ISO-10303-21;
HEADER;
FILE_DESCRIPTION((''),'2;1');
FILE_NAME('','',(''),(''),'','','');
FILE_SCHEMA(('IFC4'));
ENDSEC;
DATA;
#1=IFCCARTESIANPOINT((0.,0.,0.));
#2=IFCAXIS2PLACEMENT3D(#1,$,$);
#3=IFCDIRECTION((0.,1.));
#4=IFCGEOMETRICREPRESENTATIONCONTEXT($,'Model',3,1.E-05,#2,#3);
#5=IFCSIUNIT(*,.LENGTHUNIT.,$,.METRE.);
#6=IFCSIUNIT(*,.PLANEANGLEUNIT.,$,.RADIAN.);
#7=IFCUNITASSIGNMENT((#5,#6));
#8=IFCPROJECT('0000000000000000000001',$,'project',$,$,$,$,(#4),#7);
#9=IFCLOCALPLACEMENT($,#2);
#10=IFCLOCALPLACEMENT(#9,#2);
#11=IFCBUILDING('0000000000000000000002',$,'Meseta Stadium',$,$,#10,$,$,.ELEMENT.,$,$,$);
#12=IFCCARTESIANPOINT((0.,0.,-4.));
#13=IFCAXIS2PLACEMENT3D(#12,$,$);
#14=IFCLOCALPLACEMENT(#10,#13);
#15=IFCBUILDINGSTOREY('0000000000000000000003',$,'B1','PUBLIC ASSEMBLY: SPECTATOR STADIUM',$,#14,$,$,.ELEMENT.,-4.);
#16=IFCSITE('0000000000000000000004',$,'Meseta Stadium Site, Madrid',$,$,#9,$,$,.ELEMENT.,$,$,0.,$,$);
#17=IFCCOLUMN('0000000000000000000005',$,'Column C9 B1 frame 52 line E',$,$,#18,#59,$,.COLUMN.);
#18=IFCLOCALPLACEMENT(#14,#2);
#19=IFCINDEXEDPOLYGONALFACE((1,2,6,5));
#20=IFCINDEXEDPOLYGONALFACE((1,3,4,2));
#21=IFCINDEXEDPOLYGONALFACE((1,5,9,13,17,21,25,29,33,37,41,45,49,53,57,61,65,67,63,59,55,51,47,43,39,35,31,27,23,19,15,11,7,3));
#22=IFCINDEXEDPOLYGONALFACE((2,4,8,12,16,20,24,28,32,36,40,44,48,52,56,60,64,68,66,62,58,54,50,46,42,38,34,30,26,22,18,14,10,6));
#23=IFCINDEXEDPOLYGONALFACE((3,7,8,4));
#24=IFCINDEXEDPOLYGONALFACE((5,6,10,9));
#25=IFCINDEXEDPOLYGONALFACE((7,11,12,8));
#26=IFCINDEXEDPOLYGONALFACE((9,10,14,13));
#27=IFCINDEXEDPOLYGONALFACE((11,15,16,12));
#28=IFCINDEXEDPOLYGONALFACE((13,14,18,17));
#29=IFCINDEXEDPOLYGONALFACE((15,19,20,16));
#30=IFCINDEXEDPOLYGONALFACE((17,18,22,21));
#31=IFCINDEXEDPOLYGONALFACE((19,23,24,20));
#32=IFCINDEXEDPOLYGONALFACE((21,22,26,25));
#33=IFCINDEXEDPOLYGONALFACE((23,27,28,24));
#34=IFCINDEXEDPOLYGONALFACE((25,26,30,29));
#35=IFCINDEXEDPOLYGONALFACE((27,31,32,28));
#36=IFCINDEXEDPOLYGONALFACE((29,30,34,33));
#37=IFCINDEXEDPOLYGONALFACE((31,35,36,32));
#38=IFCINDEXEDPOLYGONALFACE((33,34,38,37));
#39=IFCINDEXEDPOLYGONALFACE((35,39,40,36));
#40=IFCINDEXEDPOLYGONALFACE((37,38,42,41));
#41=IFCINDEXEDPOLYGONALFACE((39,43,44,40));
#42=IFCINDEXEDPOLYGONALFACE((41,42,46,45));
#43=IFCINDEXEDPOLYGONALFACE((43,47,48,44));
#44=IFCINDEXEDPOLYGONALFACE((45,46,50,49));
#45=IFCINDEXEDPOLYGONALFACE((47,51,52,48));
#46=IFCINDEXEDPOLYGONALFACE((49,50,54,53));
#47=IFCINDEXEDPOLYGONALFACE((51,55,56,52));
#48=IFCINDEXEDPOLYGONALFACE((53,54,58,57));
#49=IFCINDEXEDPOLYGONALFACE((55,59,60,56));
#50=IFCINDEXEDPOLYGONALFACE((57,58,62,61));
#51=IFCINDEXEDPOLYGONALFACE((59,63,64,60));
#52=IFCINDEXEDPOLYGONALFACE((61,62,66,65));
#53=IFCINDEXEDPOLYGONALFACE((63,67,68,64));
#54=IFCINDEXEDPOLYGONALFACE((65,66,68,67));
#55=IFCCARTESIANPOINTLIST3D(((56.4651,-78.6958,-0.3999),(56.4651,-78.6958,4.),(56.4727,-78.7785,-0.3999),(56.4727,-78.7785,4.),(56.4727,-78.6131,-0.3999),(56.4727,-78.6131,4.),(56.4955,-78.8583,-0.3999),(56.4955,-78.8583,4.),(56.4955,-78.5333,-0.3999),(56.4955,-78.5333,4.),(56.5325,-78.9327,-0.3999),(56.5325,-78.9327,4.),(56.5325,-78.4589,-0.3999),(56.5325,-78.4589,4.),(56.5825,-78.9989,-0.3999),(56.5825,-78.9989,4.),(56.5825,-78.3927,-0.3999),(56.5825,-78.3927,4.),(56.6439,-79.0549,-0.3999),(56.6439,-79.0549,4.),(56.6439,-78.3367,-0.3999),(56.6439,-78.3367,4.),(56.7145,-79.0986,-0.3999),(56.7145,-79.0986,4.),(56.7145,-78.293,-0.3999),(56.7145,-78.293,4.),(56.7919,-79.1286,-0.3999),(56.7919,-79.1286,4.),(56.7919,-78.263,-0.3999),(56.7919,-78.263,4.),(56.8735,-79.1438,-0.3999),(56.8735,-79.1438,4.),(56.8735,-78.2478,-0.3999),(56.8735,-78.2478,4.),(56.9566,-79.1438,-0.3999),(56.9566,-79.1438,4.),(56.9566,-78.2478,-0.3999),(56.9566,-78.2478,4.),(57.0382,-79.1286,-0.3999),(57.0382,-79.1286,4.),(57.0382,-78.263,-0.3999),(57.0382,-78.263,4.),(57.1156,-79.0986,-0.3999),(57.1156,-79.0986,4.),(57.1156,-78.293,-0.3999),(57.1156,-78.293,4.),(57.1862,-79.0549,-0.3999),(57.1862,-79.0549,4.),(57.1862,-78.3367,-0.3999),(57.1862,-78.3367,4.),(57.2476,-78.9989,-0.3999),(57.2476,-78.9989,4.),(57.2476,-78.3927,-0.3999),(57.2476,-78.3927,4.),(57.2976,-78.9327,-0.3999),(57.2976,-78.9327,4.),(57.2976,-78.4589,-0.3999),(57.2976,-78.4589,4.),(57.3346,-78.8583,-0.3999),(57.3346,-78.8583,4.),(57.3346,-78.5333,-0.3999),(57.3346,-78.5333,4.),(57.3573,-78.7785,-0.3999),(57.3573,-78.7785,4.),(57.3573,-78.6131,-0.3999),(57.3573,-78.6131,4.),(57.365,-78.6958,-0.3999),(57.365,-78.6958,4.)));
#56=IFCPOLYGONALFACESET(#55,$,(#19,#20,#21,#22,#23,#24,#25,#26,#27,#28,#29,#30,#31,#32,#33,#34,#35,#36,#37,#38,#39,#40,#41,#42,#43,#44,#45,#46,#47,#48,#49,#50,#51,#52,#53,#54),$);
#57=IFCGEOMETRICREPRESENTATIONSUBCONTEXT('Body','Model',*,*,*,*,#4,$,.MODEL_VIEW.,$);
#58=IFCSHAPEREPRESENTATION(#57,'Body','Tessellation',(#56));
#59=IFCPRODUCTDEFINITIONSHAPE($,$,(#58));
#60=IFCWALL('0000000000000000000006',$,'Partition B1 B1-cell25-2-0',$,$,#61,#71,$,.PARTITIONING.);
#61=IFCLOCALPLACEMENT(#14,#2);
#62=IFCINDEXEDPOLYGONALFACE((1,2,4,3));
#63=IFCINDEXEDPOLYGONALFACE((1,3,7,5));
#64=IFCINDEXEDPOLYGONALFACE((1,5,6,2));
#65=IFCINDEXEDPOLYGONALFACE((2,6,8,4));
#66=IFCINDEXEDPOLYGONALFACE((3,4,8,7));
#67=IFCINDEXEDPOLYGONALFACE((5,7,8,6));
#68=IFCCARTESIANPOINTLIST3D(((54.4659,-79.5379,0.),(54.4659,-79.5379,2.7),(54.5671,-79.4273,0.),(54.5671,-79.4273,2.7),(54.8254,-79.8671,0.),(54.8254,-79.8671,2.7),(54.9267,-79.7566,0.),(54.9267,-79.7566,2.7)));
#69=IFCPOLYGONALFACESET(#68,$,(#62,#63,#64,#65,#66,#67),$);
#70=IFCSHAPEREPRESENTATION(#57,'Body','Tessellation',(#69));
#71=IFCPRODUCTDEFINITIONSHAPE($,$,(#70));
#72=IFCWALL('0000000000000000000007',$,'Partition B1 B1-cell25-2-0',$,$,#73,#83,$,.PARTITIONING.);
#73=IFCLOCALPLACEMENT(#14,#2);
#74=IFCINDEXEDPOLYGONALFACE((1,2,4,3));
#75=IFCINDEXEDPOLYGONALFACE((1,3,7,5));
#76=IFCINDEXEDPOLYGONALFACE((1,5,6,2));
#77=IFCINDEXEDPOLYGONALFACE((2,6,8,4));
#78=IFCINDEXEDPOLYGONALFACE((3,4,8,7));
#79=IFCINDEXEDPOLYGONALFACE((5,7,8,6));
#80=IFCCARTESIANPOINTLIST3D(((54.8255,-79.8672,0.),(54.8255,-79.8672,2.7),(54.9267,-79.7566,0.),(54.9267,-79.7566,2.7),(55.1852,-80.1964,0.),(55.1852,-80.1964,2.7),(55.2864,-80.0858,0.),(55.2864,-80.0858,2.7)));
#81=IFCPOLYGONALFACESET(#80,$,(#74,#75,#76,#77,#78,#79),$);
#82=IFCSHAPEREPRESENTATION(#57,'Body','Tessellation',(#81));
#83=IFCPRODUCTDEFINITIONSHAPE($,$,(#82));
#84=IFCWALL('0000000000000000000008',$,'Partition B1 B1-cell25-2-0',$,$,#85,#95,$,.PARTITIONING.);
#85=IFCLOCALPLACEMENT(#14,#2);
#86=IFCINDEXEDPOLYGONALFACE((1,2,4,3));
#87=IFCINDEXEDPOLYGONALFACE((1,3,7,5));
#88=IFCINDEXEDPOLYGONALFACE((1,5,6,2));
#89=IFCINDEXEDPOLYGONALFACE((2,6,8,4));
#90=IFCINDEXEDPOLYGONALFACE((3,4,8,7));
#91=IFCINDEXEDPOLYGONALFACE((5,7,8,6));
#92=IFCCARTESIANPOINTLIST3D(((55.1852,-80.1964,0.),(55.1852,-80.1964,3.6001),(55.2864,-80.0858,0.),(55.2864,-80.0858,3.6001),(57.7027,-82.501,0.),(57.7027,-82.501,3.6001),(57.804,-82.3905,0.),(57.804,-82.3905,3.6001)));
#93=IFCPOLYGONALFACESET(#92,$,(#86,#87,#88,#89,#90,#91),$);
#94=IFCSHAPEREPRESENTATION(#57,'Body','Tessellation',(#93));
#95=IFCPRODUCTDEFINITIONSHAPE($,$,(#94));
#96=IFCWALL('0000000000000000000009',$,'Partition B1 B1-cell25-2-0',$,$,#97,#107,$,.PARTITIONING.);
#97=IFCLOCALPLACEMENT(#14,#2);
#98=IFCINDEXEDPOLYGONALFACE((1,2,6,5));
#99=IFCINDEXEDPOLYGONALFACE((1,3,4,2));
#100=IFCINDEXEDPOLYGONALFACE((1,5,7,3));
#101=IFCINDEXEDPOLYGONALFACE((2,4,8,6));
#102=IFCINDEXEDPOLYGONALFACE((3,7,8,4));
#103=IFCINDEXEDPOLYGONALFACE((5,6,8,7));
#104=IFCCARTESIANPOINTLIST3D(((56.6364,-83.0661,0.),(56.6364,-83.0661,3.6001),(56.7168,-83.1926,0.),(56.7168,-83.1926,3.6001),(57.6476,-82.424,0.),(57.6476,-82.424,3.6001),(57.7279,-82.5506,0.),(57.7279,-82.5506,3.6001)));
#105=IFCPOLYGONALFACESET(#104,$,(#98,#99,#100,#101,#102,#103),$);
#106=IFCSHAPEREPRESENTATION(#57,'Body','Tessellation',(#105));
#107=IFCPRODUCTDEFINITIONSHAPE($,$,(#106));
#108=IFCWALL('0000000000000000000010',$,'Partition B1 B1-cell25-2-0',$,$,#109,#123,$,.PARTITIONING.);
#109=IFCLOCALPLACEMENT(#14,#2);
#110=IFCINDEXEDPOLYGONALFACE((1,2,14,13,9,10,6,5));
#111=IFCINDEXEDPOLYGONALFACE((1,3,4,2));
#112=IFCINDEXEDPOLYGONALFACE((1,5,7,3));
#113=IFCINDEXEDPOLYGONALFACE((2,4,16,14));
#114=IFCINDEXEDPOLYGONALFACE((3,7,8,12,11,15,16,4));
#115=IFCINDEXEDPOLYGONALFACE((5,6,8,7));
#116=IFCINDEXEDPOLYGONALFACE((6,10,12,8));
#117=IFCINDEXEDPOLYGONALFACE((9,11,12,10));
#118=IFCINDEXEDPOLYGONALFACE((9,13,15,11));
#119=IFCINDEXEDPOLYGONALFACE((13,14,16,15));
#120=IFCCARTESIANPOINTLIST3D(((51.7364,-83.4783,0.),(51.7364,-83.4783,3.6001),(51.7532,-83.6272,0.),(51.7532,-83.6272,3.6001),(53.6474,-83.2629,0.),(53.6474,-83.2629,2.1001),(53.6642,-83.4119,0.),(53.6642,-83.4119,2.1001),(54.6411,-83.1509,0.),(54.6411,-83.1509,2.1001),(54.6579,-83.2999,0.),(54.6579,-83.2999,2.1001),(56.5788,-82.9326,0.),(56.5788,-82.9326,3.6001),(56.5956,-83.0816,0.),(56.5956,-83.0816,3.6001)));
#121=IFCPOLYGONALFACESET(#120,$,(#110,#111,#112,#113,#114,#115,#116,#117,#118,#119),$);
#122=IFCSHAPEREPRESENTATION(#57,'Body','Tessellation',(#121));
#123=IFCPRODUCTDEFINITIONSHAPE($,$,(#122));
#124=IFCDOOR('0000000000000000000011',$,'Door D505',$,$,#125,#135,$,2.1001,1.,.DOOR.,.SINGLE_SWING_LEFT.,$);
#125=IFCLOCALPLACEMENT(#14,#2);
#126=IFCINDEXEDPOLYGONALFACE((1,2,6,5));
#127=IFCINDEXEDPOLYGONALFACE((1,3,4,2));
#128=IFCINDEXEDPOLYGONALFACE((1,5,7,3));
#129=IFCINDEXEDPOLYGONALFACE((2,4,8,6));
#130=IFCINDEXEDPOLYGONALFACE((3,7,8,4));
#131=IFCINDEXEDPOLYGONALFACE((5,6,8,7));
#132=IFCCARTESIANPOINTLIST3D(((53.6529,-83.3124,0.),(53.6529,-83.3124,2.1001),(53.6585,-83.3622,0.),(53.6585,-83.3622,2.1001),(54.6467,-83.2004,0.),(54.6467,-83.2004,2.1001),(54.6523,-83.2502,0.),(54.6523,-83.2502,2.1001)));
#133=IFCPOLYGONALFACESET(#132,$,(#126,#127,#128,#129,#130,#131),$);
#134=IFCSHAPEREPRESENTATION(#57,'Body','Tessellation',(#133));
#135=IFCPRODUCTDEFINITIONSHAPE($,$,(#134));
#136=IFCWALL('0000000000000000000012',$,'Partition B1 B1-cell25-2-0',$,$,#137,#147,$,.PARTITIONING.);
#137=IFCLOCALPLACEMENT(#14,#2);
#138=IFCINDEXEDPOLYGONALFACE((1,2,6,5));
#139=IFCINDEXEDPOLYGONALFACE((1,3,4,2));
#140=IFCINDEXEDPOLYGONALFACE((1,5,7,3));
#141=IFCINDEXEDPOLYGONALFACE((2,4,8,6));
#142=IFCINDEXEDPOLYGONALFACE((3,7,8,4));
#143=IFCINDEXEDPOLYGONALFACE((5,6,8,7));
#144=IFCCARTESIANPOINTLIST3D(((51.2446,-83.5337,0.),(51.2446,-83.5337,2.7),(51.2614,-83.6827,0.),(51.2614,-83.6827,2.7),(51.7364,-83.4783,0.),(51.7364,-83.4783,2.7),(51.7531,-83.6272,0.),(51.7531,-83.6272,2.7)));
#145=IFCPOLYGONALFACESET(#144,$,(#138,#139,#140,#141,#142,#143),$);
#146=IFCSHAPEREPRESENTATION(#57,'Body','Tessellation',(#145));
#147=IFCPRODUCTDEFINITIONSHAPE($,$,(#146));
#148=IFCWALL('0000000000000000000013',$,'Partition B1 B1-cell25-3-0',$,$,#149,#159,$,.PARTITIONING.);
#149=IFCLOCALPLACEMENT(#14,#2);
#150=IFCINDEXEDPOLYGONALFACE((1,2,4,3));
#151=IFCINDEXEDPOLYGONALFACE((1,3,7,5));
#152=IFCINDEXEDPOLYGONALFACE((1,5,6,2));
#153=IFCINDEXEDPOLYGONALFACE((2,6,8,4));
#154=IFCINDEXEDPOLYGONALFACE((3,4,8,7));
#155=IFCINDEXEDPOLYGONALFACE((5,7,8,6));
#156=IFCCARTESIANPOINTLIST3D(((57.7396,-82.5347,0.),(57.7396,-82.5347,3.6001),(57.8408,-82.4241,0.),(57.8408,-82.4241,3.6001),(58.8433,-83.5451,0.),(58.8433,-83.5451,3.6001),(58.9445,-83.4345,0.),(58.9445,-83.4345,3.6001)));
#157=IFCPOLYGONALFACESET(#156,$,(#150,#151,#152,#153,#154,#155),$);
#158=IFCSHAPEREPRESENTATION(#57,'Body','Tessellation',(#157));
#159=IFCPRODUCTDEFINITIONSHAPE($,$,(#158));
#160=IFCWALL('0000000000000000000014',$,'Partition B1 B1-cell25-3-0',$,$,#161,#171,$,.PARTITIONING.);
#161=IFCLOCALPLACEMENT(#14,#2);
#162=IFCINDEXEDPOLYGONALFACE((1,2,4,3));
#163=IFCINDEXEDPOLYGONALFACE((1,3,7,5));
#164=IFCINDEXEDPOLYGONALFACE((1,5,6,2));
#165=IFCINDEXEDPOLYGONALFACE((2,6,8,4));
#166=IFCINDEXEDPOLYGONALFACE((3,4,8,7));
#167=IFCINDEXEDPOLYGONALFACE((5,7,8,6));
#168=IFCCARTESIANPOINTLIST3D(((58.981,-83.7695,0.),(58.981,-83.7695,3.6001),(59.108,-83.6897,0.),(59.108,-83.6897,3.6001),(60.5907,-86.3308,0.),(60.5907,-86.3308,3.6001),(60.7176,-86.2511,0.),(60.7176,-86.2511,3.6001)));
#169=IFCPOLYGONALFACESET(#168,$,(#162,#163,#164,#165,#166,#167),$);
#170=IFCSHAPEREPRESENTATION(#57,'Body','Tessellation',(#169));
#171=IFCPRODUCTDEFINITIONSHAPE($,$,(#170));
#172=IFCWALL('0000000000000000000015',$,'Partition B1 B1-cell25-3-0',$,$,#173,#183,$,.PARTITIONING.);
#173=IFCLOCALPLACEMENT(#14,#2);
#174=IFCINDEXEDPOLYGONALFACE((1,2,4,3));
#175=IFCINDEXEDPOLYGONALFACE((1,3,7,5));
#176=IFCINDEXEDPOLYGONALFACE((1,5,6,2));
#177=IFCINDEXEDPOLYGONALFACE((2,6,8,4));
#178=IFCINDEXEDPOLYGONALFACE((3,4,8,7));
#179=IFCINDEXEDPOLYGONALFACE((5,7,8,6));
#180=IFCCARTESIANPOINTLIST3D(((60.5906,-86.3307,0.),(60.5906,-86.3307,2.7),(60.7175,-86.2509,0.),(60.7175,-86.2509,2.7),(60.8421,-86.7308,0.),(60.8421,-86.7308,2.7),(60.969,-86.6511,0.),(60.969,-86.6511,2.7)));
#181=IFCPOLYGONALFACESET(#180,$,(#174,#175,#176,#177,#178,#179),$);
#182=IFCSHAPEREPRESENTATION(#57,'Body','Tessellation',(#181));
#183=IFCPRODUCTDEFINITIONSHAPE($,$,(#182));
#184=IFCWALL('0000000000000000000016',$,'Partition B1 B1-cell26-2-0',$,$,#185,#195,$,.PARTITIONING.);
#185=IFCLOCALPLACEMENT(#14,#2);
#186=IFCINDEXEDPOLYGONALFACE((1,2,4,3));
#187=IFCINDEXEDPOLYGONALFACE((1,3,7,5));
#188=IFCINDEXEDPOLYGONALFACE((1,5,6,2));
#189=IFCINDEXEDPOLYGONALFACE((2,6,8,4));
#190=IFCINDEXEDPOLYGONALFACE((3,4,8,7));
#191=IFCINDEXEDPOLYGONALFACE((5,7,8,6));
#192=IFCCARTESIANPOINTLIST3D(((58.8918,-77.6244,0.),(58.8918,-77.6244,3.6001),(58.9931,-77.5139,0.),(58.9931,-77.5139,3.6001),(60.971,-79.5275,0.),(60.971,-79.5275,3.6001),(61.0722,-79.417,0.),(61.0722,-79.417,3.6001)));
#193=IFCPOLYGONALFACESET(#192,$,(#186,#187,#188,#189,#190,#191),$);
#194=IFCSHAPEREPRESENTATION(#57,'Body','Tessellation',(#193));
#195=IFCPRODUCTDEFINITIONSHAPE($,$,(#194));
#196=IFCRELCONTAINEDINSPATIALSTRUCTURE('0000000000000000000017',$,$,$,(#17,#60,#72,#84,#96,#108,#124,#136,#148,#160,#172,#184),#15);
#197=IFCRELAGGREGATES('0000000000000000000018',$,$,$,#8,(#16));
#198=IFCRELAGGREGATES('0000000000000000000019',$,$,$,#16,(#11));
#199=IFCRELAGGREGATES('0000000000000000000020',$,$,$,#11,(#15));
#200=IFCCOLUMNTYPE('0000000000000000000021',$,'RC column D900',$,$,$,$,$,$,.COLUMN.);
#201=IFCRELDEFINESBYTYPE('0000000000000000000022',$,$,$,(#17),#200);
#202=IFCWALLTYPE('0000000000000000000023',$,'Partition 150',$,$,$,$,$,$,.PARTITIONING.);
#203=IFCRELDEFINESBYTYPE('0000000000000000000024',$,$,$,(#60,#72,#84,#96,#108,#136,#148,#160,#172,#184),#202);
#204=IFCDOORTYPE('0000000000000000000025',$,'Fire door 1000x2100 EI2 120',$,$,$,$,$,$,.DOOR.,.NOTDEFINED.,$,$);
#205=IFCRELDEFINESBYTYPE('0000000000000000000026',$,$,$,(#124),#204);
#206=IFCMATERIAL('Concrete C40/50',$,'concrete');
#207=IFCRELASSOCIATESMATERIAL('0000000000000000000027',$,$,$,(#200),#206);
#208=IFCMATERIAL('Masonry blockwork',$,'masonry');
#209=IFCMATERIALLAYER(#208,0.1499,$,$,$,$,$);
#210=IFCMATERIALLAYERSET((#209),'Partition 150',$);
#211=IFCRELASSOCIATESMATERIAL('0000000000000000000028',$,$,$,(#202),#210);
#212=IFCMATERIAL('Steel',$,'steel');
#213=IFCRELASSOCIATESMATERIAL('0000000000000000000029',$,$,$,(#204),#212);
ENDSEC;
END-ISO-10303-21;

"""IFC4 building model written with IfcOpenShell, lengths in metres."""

from ifc_helpers import new_model, si_unit, direction, frame, frame_2d, origin, origin_2d, place, context, subcontext, project, spatial, rectangle, circle, extrude, material, layer, layer_set, material_profile, profile_set, type_object, element, fill, save


model = new_model("IFC4")

# Units and contexts
model_context = context("Model", 3, precision=1e-05, world=origin(), true_north=direction((0.0, 1.0)))
body_context = subcontext(model_context, "Body", "Model", "MODEL_VIEW")
ifc_project = project(units=[si_unit("LENGTHUNIT", "METRE"), si_unit("PLANEANGLEUNIT", "RADIAN")], contexts=[model_context])

# Site, building, storey
site_placement = place(None, origin())
site = spatial("IfcSite", under=ifc_project, at=site_placement, Name="Meseta Stadium Site, Madrid", CompositionType="ELEMENT", RefElevation=0.0)
building_placement = place(site_placement, origin())
building = spatial("IfcBuilding", under=site, at=building_placement, Name="Meseta Stadium", CompositionType="ELEMENT")
storey_placement = place(building_placement, frame((0.0, 0.0, -4.0)))
storey = spatial("IfcBuildingStorey", under=building, at=storey_placement, Name="B1", Description="PUBLIC ASSEMBLY: SPECTATOR STADIUM", CompositionType="ELEMENT", Elevation=-4.0)

# Column
ifc_material_1 = material(Name="Concrete C40/50", Category="concrete")
ifc_material_profile = material_profile(ifc_material_1, circle(Radius=0.45, at=origin_2d()), Name="RC D900")
ifc_profile_set = profile_set([ifc_material_profile], Name="Concrete C40/50")
column_type = type_object("IfcColumnType", Name="RC column D900", PredefinedType="COLUMN", material=ifc_profile_set)
column_placement = place(storey_placement, frame((56.915, -78.6958, -0.3999), z_axis=(0.0, 0.0, 1.0), x_axis=(1.0, 0.0, 0.0)))
element("IfcColumn", 1, at=column_placement, inside=storey, type_object=column_type, Name="Column C9 B1 frame 52 line E", PredefinedType="COLUMN", context=body_context, shape_type="SweptSolid", body=[
    extrude(circle(Radius=0.45, at=origin_2d()), origin(), (0.0, 0.0, 1.0), 4.3999),
])

# Walls
ifc_material_2 = material(Name="Masonry blockwork", Category="masonry")
ifc_layer = layer(ifc_material_2, 0.1499)
ifc_layer_set = layer_set([ifc_layer], Name="Partition 150")
wall_type = type_object("IfcWallType", Name="Partition 150", PredefinedType="PARTITIONING", material=ifc_layer_set)
for number, where, z_axis, x_axis, name in (
    (2, (54.5166, -79.4827, 0.0), (0.0, 0.0, 1.0), (0.737466, -0.675384, 0.0), "Partition B1 B1-cell25-2-0"),
    (3, (54.8762, -79.812, 0.0), (0.0, 0.0, 1.0), (0.737715, -0.675112, 0.0), "Partition B1 B1-cell25-2-0"),
):
    element("IfcWall", number, at=place(storey_placement, frame(where, z_axis=z_axis, x_axis=x_axis)), inside=storey, type_object=wall_type, Name=name, PredefinedType="PARTITIONING", context=body_context, shape_type="SweptSolid", body=[
        extrude(rectangle(XDim=0.4875, YDim=0.1499, at=frame_2d((0.2437, 0.0))), origin(), (0.0, 0.0, 1.0), 2.7),
    ])
wall_1_placement = place(storey_placement, frame((55.2358, -80.1411, 0.0), z_axis=(0.0, 0.0, 1.0), x_axis=(0.737605, -0.675232, 0.0)))
element("IfcWall", 4, at=wall_1_placement, inside=storey, type_object=wall_type, Name="Partition B1 B1-cell25-2-0", PredefinedType="PARTITIONING", context=body_context, shape_type="SweptSolid", body=[
    extrude(rectangle(XDim=3.4131, YDim=0.1499, at=frame_2d((1.7065, 0.0))), origin(), (0.0, 0.0, 1.0), 3.6001),
])
wall_2_placement = place(storey_placement, frame((57.6877, -82.4873, 0.0), z_axis=(0.0, 0.0, 1.0), x_axis=(-0.844198, -0.536031, 0.0)))
element("IfcWall", 5, at=wall_2_placement, inside=storey, type_object=wall_type, Name="Partition B1 B1-cell25-2-0", PredefinedType="PARTITIONING", context=body_context, shape_type="SweptSolid", body=[
    extrude(rectangle(XDim=1.1978, YDim=0.1499, at=frame_2d((0.5989, 0.0))), origin(), (0.0, 0.0, 1.0), 3.6001),
])

# Wall, opening, door
wall_3_placement = place(storey_placement, frame((56.5872, -83.0071, 0.0), z_axis=(0.0, 0.0, 1.0), x_axis=(-0.993711, -0.111977, 0.0)))
wall_3 = element("IfcWall", 6, at=wall_3_placement, inside=storey, type_object=wall_type, Name="Partition B1 B1-cell25-2-0", PredefinedType="PARTITIONING", context=body_context, shape_type="SweptSolid", body=[
    extrude(rectangle(XDim=4.873, YDim=0.1499, at=frame_2d((2.4365, 0.0))), origin(), (0.0, 0.0, 1.0), 3.6001),
])
opening_placement = place(wall_3_placement, frame((1.95, 0.0, 0.0)))
opening = element("IfcOpeningElement", 7, at=opening_placement, cuts=wall_3, PredefinedType="OPENING", context=body_context, shape_type="SweptSolid", body=[
    extrude(rectangle(XDim=1.0, YDim=2.1001, at=frame_2d((0.5, 1.05))), frame((0.0, 0.085, 0.0), z_axis=(0.0, -1.0, 0.0), x_axis=(1.0, 0.0, 0.0)), (0.0, 0.0, 1.0), 0.1699),
])
ifc_material_3 = material(Name="Steel", Category="steel")
door_type = type_object("IfcDoorType", Name="Fire door 1000x2100 EI2 120", OperationType="NOTDEFINED", PredefinedType="DOOR", material=ifc_material_3)
door_placement = place(opening_placement, origin())
door = element("IfcDoor", 8, at=door_placement, inside=storey, type_object=door_type, Name="Door D505", OperationType="SINGLE_SWING_LEFT", OverallHeight=2.1001, OverallWidth=1.0, PredefinedType="DOOR", context=body_context, shape_type="SweptSolid", body=[
    extrude(rectangle(XDim=1.0, YDim=2.1001, at=frame_2d((0.5, 1.05))), frame((0.0, 0.0249, 0.0), z_axis=(0.0, -1.0, 0.0), x_axis=(1.0, 0.0, 0.0)), (0.0, 0.0, 1.0), 0.05),
])
fill(opening, door)

# Walls
wall_4_placement = place(storey_placement, frame((51.7449, -83.5527, 0.0), z_axis=(0.0, 0.0, 1.0), x_axis=(-0.993708, -0.112002, 0.0)))
element("IfcWall", 9, at=wall_4_placement, inside=storey, type_object=wall_type, Name="Partition B1 B1-cell25-2-0", PredefinedType="PARTITIONING", context=body_context, shape_type="SweptSolid", body=[
    extrude(rectangle(XDim=0.4949, YDim=0.1499, at=frame_2d((0.2476, 0.0))), origin(), (0.0, 0.0, 1.0), 2.7),
])
wall_5_placement = place(storey_placement, frame((57.7903, -82.4795, 0.0), z_axis=(0.0, 0.0, 1.0), x_axis=(0.737581, -0.675259, 0.0)))
element("IfcWall", 10, at=wall_5_placement, inside=storey, type_object=wall_type, Name="Partition B1 B1-cell25-3-0", PredefinedType="PARTITIONING", context=body_context, shape_type="SweptSolid", body=[
    extrude(rectangle(XDim=1.4963, YDim=0.1499, at=frame_2d((0.748, 0.0))), origin(), (0.0, 0.0, 1.0), 3.6001),
])
wall_6_placement = place(storey_placement, frame((59.0444, -83.7295, 0.0), z_axis=(0.0, 0.0, 1.0), x_axis=(0.532094, -0.846685, 0.0)))
element("IfcWall", 11, at=wall_6_placement, inside=storey, type_object=wall_type, Name="Partition B1 B1-cell25-3-0", PredefinedType="PARTITIONING", context=body_context, shape_type="SweptSolid", body=[
    extrude(rectangle(XDim=3.0251, YDim=0.1499, at=frame_2d((1.5127, 0.0))), origin(), (0.0, 0.0, 1.0), 3.6001),
])
wall_7_placement = place(storey_placement, frame((60.6541, -86.2908, 0.0), z_axis=(0.0, 0.0, 1.0), x_axis=(0.532087, -0.84669, 0.0)))
element("IfcWall", 12, at=wall_7_placement, inside=storey, type_object=wall_type, Name="Partition B1 B1-cell25-3-0", PredefinedType="PARTITIONING", context=body_context, shape_type="SweptSolid", body=[
    extrude(rectangle(XDim=0.4727, YDim=0.1499, at=frame_2d((0.2363, 0.0))), origin(), (0.0, 0.0, 1.0), 2.7),
])
wall_8_placement = place(storey_placement, frame((61.0215, -79.4722, 0.0), z_axis=(0.0, 0.0, 1.0), x_axis=(-0.737643, 0.675191, 0.0)))
element("IfcWall", 13, at=wall_8_placement, inside=storey, type_object=wall_type, Name="Partition B1 B1-cell26-2-0", PredefinedType="PARTITIONING", context=body_context, shape_type="SweptSolid", body=[
    extrude(rectangle(XDim=2.8186, YDim=0.1499, at=frame_2d((1.4092, 0.0))), origin(), (0.0, 0.0, 1.0), 3.6001),
])

save(model, "model.ifc")
